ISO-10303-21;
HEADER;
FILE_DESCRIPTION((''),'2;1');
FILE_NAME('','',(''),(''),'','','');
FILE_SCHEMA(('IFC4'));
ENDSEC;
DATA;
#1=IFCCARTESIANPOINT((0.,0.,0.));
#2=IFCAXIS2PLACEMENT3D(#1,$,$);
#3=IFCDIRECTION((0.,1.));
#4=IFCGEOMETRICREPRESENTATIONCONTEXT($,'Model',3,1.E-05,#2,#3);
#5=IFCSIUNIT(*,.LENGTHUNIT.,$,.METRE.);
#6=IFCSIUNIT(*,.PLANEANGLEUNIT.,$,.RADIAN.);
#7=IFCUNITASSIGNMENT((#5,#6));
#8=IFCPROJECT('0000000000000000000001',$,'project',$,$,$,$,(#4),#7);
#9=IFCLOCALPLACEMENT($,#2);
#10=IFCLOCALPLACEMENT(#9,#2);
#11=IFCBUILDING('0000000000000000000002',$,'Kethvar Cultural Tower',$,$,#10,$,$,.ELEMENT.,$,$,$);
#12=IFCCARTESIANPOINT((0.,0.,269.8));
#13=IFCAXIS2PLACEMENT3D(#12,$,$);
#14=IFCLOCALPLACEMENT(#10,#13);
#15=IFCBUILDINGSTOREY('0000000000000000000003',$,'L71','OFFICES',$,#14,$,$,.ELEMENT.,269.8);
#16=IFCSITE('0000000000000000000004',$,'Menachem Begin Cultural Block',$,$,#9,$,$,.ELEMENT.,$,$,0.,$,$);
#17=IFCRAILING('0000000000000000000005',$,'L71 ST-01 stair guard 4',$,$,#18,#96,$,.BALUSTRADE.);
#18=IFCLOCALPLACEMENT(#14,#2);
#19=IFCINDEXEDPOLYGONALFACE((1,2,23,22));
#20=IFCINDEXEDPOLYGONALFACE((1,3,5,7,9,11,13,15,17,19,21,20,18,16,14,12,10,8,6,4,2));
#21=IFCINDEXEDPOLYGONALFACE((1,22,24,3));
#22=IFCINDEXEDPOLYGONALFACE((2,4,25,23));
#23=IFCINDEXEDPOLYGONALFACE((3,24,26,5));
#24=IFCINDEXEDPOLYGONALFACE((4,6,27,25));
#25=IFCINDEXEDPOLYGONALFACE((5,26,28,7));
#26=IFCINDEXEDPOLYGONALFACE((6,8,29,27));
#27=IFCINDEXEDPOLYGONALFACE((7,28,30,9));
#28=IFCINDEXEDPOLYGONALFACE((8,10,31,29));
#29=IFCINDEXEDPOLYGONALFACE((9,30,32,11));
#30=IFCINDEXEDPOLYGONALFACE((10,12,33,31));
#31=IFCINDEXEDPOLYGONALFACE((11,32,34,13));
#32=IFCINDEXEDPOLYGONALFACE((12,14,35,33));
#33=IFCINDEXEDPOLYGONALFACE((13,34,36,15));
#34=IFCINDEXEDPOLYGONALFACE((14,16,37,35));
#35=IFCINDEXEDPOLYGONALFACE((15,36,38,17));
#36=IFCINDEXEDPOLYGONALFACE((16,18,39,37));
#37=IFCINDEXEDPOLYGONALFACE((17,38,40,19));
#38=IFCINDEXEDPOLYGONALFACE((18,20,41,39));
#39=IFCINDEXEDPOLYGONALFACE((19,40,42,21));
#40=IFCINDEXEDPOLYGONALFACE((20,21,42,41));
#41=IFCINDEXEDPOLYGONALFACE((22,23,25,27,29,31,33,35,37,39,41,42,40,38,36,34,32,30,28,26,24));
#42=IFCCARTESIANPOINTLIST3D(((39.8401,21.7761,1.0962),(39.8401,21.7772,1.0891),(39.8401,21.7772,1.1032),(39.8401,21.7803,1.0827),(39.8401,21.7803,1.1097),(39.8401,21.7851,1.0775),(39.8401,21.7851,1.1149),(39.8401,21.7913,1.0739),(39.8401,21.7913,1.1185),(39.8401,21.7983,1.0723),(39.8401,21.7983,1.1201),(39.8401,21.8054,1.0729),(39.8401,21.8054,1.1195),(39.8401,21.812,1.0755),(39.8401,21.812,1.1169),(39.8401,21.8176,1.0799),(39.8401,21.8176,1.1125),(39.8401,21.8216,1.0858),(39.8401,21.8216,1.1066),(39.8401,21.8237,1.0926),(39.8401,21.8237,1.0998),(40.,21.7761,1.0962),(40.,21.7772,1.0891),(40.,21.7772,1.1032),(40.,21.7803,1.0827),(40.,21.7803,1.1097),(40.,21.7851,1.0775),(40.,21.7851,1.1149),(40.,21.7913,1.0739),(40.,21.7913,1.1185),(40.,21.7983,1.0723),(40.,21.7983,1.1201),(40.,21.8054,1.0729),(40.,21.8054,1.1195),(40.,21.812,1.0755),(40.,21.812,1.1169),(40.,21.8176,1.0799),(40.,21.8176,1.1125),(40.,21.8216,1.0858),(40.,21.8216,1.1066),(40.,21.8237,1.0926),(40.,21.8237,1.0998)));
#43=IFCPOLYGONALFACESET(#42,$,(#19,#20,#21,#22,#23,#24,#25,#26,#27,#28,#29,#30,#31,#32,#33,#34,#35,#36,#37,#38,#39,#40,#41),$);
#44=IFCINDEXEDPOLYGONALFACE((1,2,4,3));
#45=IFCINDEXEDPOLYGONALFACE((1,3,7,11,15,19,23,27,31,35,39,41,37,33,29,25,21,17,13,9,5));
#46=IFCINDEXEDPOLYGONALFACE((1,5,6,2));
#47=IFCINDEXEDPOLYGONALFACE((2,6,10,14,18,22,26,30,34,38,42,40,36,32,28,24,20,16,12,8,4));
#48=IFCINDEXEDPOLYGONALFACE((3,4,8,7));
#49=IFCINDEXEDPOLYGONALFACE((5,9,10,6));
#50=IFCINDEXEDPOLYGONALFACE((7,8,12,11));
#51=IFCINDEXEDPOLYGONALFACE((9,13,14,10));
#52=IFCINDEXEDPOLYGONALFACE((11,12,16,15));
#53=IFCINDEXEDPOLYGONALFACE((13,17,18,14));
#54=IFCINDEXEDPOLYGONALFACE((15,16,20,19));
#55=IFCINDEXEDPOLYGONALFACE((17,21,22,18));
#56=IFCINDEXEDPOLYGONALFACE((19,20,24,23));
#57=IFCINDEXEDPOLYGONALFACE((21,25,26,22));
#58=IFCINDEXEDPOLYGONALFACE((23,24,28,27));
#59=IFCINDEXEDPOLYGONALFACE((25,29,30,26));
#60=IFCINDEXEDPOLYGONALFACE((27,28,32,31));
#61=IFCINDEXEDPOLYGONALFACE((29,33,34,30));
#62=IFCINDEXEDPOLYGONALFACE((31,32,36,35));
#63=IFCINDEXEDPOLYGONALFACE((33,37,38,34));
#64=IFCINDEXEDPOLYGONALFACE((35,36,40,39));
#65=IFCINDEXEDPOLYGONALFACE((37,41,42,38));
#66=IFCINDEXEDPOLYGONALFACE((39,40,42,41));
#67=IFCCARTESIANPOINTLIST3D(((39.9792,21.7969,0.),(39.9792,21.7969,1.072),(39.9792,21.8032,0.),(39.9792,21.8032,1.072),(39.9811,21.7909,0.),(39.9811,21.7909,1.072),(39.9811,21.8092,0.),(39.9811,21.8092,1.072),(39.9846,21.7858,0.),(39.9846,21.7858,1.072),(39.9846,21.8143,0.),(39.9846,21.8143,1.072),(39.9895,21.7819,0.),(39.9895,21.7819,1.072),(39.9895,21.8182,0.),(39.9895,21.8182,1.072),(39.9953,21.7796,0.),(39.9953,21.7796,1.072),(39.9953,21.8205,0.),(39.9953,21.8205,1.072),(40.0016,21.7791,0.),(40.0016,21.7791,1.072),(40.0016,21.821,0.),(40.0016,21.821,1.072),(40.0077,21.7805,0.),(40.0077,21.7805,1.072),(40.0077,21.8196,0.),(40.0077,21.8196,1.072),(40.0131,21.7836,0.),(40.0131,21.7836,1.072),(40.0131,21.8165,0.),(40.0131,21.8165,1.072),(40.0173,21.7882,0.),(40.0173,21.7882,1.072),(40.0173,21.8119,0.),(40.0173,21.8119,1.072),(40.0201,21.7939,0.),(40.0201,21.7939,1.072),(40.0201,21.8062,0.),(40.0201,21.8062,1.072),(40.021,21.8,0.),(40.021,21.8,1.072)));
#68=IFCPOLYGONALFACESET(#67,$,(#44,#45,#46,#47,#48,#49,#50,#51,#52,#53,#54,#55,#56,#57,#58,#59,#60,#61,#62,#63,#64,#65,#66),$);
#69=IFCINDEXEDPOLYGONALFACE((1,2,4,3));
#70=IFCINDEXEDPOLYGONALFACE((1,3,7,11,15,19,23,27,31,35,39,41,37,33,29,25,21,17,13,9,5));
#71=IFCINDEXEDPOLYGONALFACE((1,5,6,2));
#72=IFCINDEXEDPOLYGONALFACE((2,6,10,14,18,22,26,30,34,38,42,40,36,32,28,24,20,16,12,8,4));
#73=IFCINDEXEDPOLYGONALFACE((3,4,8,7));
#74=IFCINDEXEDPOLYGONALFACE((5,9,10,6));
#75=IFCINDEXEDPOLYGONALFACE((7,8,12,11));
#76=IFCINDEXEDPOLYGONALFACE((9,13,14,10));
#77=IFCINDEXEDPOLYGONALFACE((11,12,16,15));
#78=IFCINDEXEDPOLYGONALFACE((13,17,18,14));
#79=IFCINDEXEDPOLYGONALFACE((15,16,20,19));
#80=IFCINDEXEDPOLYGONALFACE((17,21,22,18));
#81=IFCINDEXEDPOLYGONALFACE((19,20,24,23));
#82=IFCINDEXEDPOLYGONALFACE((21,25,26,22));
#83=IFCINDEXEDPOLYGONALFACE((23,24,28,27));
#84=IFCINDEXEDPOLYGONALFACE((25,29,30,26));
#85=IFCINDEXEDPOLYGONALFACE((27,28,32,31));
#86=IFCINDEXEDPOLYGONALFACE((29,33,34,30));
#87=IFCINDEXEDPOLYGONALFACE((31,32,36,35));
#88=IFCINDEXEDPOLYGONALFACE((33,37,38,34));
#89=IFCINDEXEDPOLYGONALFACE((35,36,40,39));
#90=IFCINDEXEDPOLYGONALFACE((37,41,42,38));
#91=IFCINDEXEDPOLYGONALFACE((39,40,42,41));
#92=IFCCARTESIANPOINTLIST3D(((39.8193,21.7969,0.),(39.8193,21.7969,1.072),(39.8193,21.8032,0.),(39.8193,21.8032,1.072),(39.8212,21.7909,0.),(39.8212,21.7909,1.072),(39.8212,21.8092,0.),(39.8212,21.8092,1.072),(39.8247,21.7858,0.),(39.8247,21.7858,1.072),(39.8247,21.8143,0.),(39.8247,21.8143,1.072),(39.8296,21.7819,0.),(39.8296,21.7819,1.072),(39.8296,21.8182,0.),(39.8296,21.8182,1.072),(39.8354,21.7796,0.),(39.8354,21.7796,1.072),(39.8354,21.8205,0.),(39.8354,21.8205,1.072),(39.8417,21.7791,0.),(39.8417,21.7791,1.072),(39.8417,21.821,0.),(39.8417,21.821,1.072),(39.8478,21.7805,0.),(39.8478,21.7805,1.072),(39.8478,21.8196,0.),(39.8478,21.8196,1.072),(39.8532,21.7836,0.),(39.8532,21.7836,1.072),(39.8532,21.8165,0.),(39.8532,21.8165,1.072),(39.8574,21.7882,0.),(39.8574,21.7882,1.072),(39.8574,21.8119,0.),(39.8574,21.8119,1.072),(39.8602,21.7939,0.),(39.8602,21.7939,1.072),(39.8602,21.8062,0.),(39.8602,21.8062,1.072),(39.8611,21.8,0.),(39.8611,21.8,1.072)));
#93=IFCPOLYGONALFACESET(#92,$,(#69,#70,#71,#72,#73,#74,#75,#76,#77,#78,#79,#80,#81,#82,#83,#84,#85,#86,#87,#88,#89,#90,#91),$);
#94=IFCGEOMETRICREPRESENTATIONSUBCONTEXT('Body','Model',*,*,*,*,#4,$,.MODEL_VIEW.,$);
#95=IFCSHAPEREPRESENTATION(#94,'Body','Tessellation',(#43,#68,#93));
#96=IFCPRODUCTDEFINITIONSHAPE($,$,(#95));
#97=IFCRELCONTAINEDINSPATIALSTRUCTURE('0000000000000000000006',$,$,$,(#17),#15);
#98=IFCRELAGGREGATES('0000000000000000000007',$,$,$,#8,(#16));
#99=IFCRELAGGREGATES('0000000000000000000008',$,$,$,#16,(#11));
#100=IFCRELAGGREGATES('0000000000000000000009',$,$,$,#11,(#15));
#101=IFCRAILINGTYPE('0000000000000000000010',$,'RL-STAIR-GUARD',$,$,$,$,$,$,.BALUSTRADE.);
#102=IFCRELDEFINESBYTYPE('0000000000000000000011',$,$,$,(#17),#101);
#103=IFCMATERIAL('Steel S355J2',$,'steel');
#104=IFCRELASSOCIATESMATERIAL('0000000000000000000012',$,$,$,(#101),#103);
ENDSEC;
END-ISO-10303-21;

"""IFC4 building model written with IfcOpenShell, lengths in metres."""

from ifc_helpers import new_model, si_unit, direction, frame, origin, origin_2d, place, context, subcontext, project, spatial, circle, extrude, material, type_object, element, save


model = new_model("IFC4")

# Units and contexts
model_context = context("Model", 3, precision=1e-05, world=origin(), true_north=direction((0.0, 1.0)))
body_context = subcontext(model_context, "Body", "Model", "MODEL_VIEW")
ifc_project = project(units=[si_unit("LENGTHUNIT", "METRE"), si_unit("PLANEANGLEUNIT", "RADIAN")], contexts=[model_context])

# Site, building, storey
site_placement = place(None, origin())
site = spatial("IfcSite", under=ifc_project, at=site_placement, Name="Menachem Begin Cultural Block", CompositionType="ELEMENT", RefElevation=0.0)
building_placement = place(site_placement, origin())
building = spatial("IfcBuilding", under=site, at=building_placement, Name="Kethvar Cultural Tower", CompositionType="ELEMENT")
storey_placement = place(building_placement, frame((0.0, 0.0, 269.8)))
storey = spatial("IfcBuildingStorey", under=building, at=storey_placement, Name="L71", Description="OFFICES", CompositionType="ELEMENT", Elevation=269.8)

# Shared definitions
ifc_material_1 = material(Name="Steel S355J2", Category="steel")

# Railing
railing_type_1 = type_object("IfcRailingType", Name="RL-STAIR-GUARD", PredefinedType="BALUSTRADE", material=ifc_material_1)
railing_1_placement = place(storey_placement, frame((40.0, 21.8, 0.0)))
element("IfcRailing", 1, at=railing_1_placement, inside=storey, type_object=railing_type_1, Name="L71 ST-01 stair guard 4", PredefinedType="BALUSTRADE", context=body_context, shape_type="SweptSolid", body=[
    extrude(circle(Radius=0.0239, at=origin_2d()), frame((0.0, 0.0, 1.0962), z_axis=(-1.0, 0.0, 0.0), x_axis=(0.0, -1.0, 0.0)), (0.0, 0.0, 1.0), 0.1599),
    extrude(circle(Radius=0.021, at=origin_2d()), origin(), (0.0, 0.0, 1.0), 1.072),
    extrude(circle(Radius=0.021, at=origin_2d()), frame((-0.1599, 0.0, 0.0)), (0.0, 0.0, 1.0), 1.072),
])

save(model, "model.ifc")
